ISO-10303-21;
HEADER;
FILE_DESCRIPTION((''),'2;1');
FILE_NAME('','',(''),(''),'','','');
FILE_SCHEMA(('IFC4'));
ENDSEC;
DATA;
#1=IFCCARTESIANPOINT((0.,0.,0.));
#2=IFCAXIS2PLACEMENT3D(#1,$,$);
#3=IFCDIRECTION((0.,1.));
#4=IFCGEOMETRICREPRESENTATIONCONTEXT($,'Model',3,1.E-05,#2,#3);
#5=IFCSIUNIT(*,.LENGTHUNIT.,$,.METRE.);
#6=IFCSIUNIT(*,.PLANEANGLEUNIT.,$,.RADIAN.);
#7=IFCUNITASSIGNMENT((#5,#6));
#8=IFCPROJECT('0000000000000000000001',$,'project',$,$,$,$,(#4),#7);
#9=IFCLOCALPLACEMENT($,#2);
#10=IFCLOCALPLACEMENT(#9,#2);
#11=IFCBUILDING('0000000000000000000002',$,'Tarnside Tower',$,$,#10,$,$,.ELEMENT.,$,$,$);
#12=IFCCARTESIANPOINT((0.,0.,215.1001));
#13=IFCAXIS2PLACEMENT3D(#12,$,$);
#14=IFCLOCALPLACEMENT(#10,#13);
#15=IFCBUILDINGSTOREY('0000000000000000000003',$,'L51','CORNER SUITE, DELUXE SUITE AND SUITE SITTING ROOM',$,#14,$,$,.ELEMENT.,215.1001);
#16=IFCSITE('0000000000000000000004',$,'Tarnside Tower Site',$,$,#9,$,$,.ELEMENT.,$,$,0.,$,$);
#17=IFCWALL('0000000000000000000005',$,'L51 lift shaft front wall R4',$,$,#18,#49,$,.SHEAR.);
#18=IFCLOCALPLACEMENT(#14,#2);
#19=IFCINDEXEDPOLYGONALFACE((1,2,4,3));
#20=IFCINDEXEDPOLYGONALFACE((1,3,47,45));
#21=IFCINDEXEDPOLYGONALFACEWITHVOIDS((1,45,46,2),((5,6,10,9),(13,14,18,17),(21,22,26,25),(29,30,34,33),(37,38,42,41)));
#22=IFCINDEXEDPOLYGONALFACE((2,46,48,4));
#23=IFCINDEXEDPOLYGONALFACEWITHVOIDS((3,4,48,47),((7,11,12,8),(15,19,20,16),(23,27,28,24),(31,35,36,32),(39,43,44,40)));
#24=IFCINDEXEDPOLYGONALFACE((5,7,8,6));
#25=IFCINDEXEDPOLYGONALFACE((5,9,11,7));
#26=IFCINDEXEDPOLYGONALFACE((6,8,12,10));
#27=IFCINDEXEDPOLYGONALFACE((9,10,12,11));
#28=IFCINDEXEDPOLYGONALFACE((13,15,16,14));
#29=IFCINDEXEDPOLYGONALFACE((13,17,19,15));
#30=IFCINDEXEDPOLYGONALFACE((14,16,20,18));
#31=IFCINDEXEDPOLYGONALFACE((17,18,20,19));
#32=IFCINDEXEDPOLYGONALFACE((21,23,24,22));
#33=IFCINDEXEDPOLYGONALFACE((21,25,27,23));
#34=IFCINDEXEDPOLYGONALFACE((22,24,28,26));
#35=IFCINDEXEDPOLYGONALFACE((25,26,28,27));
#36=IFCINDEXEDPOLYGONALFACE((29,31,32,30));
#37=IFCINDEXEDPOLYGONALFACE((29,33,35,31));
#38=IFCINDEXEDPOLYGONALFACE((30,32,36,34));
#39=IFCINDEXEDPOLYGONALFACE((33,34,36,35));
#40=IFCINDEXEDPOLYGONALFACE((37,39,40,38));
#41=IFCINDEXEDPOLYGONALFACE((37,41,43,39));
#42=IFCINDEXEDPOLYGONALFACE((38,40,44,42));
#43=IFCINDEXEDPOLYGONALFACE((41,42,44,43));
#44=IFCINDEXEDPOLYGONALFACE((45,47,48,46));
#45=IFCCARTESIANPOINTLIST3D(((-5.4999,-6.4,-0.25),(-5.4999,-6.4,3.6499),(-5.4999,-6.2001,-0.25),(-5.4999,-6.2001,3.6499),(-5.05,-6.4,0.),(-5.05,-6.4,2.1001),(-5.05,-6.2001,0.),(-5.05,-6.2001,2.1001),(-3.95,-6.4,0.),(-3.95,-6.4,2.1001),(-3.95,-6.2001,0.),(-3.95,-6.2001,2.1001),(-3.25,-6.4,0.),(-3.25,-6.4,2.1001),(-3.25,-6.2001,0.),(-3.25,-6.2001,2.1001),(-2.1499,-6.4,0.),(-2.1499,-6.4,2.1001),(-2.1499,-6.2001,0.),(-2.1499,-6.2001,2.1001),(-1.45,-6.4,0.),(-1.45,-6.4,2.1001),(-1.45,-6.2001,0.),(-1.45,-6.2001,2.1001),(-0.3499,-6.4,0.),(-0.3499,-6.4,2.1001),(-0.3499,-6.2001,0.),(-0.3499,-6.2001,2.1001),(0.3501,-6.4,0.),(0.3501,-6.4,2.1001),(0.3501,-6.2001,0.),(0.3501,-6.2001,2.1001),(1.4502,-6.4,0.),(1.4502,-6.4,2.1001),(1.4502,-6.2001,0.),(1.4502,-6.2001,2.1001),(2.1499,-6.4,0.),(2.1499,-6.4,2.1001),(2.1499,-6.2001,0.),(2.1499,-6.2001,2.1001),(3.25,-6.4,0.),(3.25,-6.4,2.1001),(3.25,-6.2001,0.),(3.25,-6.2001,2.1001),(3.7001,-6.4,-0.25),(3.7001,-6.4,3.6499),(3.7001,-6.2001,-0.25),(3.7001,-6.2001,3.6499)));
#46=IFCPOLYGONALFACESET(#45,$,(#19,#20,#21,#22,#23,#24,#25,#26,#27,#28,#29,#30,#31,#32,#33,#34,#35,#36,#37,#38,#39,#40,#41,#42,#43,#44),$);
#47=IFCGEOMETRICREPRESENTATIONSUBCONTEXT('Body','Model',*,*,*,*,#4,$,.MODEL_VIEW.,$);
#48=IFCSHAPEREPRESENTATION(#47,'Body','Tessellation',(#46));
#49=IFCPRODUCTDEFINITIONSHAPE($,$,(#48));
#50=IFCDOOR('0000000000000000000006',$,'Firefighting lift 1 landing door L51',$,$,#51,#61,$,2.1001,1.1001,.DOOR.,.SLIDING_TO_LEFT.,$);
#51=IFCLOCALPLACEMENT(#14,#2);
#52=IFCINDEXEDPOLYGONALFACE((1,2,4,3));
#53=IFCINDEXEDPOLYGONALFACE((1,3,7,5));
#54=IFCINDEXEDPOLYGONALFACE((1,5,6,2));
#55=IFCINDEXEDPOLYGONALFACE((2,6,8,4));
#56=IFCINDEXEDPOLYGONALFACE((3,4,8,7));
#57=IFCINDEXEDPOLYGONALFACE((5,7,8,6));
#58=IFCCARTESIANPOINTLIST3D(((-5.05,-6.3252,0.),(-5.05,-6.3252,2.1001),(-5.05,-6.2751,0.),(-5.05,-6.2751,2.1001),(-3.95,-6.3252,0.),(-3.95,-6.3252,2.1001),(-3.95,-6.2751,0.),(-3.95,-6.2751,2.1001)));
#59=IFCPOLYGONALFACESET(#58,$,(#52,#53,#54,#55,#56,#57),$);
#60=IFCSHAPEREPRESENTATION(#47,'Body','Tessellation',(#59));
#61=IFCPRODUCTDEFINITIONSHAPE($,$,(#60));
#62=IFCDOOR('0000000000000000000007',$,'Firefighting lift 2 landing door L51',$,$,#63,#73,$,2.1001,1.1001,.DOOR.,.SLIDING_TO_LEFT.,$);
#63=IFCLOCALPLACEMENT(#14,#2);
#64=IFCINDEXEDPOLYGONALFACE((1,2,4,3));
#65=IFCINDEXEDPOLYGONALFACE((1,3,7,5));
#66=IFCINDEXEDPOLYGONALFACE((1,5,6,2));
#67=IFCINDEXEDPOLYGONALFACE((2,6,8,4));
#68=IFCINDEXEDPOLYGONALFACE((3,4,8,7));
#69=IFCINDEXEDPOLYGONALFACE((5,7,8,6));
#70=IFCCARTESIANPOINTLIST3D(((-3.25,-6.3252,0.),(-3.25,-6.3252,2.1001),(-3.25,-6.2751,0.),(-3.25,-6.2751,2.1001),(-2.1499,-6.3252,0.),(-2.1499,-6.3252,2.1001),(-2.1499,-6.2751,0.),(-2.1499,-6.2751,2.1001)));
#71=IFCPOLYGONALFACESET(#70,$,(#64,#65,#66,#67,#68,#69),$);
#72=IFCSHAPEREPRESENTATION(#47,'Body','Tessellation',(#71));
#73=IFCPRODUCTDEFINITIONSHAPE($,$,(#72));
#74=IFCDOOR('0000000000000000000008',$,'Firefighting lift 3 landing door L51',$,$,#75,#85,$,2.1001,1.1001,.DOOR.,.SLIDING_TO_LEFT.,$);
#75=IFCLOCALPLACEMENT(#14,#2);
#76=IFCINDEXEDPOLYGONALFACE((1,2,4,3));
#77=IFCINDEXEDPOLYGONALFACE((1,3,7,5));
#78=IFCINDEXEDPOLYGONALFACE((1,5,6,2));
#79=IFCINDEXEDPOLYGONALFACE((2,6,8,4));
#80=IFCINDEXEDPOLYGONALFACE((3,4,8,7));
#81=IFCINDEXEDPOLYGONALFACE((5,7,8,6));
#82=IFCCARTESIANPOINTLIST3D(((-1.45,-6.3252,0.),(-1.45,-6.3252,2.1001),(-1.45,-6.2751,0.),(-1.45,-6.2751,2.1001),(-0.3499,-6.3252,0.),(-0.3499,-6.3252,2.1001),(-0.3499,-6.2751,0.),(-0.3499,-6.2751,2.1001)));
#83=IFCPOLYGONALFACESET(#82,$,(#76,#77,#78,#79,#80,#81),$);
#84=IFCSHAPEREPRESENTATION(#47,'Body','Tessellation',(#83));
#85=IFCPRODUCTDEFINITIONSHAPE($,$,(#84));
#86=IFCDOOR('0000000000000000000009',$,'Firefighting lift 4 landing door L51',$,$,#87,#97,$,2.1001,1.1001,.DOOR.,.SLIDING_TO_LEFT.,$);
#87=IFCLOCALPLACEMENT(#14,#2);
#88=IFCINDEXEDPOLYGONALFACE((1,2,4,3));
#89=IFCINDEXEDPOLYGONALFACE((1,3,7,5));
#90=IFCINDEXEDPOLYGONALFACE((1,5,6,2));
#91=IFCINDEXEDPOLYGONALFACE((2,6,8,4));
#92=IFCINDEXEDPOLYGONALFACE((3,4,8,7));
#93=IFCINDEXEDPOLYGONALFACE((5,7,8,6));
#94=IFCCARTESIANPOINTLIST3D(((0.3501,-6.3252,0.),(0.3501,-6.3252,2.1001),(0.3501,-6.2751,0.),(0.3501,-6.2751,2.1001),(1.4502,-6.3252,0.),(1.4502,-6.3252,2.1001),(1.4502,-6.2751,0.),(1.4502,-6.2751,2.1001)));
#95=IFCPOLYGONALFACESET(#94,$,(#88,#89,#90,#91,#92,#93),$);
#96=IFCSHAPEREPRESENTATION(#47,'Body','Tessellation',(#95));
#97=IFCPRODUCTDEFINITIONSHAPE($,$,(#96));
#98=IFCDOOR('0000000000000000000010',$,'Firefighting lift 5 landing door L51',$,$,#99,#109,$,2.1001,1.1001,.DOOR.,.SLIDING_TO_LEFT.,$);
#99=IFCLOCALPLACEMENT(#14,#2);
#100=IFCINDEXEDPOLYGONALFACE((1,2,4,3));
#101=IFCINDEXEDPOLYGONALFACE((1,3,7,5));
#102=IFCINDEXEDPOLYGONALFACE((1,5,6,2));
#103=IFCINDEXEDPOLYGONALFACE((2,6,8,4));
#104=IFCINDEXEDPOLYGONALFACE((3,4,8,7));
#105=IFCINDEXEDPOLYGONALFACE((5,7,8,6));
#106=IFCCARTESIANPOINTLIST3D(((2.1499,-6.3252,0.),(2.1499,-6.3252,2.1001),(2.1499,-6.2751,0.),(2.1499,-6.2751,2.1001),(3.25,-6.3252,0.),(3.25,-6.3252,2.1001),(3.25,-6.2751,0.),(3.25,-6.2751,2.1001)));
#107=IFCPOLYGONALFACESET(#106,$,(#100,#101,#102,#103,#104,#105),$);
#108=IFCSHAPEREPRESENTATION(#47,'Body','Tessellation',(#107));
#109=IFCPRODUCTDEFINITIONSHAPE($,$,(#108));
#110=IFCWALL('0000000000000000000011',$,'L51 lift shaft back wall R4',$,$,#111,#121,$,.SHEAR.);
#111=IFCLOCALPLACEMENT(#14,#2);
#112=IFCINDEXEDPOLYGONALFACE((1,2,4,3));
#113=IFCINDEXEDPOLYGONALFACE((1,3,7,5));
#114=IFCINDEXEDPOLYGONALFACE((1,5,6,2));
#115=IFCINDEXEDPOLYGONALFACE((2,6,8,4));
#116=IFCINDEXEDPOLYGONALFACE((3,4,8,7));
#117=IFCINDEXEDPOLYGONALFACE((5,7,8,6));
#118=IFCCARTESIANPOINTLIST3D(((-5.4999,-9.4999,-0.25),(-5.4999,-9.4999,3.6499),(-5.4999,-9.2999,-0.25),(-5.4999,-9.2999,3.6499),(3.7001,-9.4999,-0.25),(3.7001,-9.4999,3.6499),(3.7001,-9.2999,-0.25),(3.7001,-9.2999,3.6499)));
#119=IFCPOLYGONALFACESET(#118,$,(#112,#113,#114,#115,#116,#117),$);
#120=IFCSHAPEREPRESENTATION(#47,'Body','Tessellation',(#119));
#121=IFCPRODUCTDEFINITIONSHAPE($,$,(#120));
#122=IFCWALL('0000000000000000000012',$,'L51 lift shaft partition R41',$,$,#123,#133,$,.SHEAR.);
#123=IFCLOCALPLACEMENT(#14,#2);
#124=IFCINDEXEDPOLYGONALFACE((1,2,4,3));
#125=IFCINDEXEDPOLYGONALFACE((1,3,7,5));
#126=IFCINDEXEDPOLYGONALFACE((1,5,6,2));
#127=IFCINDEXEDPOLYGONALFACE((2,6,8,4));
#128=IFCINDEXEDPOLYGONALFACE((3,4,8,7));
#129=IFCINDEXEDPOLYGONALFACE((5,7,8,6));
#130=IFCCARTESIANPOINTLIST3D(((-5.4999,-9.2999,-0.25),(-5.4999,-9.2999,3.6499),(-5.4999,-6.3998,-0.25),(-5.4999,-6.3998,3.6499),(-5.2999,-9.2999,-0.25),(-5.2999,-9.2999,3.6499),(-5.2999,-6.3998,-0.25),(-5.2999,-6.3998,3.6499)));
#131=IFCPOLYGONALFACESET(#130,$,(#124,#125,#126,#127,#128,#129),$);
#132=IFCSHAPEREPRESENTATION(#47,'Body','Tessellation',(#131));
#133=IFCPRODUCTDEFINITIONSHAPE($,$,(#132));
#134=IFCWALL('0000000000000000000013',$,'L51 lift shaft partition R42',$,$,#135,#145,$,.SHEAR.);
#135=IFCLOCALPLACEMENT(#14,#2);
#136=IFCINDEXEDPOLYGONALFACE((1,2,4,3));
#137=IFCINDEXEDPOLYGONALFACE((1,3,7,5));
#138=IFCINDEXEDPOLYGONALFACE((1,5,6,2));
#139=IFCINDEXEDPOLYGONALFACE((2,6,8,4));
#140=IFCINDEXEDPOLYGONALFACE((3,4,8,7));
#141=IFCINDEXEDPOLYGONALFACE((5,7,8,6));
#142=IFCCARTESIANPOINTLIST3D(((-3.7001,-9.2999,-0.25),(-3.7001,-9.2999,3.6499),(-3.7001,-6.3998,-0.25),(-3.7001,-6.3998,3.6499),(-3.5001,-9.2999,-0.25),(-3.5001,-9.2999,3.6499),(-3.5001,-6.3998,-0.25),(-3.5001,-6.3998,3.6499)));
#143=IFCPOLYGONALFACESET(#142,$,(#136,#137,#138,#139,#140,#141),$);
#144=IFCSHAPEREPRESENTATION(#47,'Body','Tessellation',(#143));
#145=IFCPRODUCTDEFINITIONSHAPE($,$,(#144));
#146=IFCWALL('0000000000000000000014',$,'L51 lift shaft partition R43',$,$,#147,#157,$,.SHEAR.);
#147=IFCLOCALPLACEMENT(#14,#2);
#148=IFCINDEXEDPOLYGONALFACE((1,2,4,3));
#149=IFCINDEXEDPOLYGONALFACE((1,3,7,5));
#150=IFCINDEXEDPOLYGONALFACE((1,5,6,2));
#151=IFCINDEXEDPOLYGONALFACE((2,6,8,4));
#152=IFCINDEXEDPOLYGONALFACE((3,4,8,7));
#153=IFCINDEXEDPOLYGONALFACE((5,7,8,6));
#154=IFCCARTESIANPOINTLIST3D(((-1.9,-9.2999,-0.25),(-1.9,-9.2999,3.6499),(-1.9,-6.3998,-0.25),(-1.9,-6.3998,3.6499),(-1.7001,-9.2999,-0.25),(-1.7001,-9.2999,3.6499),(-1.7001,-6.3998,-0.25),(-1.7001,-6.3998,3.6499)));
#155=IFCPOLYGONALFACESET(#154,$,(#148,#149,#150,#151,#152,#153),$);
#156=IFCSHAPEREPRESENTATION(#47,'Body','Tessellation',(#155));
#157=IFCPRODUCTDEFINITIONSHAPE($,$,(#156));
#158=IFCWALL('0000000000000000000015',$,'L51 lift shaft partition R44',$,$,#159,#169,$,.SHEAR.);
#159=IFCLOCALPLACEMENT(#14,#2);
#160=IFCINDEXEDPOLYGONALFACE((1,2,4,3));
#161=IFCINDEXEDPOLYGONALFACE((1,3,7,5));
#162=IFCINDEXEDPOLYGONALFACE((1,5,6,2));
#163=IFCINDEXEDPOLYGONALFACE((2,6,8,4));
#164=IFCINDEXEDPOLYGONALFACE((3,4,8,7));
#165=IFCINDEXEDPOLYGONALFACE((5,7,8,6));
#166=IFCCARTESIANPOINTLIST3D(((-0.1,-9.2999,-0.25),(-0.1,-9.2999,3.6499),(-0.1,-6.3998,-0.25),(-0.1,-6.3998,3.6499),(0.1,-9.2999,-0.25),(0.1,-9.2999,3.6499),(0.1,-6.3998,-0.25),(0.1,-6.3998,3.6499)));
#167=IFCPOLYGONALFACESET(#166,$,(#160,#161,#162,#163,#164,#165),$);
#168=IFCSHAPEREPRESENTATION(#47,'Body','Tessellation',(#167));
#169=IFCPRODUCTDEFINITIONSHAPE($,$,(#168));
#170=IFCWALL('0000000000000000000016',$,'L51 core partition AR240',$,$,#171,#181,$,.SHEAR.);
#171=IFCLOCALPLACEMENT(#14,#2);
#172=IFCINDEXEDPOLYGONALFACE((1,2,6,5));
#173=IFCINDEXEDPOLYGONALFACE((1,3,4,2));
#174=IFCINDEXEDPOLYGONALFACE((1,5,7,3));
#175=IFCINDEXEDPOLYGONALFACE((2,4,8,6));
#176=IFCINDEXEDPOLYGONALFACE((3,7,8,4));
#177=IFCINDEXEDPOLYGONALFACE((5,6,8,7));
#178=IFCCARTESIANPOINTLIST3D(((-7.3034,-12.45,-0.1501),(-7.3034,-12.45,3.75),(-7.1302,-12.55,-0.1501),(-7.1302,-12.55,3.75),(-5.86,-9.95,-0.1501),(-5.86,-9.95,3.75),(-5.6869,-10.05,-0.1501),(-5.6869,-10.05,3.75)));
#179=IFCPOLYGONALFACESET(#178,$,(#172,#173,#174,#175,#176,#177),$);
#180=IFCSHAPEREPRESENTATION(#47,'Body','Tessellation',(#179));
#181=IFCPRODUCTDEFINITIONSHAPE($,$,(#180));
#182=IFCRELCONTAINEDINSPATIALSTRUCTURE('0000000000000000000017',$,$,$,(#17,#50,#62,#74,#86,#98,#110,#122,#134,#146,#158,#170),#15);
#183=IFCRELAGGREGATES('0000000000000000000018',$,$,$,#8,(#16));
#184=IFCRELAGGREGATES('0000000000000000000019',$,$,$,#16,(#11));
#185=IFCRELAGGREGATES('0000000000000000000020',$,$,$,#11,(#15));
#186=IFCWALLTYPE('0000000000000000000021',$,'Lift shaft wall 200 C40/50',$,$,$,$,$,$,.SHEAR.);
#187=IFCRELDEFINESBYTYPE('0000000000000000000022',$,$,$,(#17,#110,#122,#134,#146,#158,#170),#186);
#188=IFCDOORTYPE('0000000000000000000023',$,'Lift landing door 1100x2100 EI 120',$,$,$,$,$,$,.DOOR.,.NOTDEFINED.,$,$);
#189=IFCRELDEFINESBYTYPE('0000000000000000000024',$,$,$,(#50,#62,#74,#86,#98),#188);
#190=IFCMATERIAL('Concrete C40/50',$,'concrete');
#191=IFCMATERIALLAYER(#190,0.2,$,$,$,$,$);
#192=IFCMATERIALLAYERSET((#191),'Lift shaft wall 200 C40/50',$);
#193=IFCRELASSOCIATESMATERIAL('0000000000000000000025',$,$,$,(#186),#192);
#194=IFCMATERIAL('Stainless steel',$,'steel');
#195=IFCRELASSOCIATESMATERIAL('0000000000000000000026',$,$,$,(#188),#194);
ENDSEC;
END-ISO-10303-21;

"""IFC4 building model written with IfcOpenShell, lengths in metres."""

from ifc_helpers import new_model, si_unit, direction, frame, frame_2d, origin, place, context, subcontext, project, spatial, rectangle, extrude, material, layer, layer_set, type_object, element, fill, save


model = new_model("IFC4")

# Units and contexts
model_context = context("Model", 3, precision=1e-05, world=origin(), true_north=direction((0.0, 1.0)))
body_context = subcontext(model_context, "Body", "Model", "MODEL_VIEW")
ifc_project = project(units=[si_unit("LENGTHUNIT", "METRE"), si_unit("PLANEANGLEUNIT", "RADIAN")], contexts=[model_context])

# Site, building, storey
site_placement = place(None, origin())
site = spatial("IfcSite", under=ifc_project, at=site_placement, Name="Tarnside Tower Site", CompositionType="ELEMENT", RefElevation=0.0)
building_placement = place(site_placement, origin())
building = spatial("IfcBuilding", under=site, at=building_placement, Name="Tarnside Tower", CompositionType="ELEMENT")
storey_placement = place(building_placement, frame((0.0, 0.0, 215.1001)))
storey = spatial("IfcBuildingStorey", under=building, at=storey_placement, Name="L51", Description="CORNER SUITE, DELUXE SUITE AND SUITE SITTING ROOM", CompositionType="ELEMENT", Elevation=215.1001)

# Wall, openings, doors
ifc_material_1 = material(Name="Concrete C40/50", Category="concrete")
ifc_layer_1 = layer(ifc_material_1, 0.2)
ifc_layer_set_1 = layer_set([ifc_layer_1], Name="Lift shaft wall 200 C40/50")
wall_type_1 = type_object("IfcWallType", Name="Lift shaft wall 200 C40/50", PredefinedType="SHEAR", material=ifc_layer_set_1)
wall_1_placement = place(storey_placement, frame((-5.5, -6.3, -0.25), z_axis=(0.0, 0.0, 1.0), x_axis=(1.0, 0.0, 0.0)))
wall_1 = element("IfcWall", 1, at=wall_1_placement, inside=storey, type_object=wall_type_1, Name="L51 lift shaft front wall R4", PredefinedType="SHEAR", context=body_context, shape_type="SweptSolid", body=[
    extrude(rectangle(XDim=9.2, YDim=0.2, at=frame_2d((4.6001, 0.0))), origin(), (0.0, 0.0, 1.0), 3.8999),
])
opening_1_placement = place(wall_1_placement, frame((0.45, 0.0, 0.25)))
opening_1 = element("IfcOpeningElement", 2, at=opening_1_placement, cuts=wall_1, PredefinedType="OPENING", context=body_context, shape_type="SweptSolid", body=[
    extrude(rectangle(XDim=1.1001, YDim=2.1001, at=frame_2d((0.55, 1.05))), frame((0.0, 0.1099, 0.0), z_axis=(0.0, -1.0, 0.0), x_axis=(1.0, 0.0, 0.0)), (0.0, 0.0, 1.0), 0.22),
])
opening_2_placement = place(wall_1_placement, frame((2.25, 0.0, 0.25)))
opening_2 = element("IfcOpeningElement", 3, at=opening_2_placement, cuts=wall_1, PredefinedType="OPENING", context=body_context, shape_type="SweptSolid", body=[
    extrude(rectangle(XDim=1.1001, YDim=2.1001, at=frame_2d((0.55, 1.05))), frame((0.0, 0.1099, 0.0), z_axis=(0.0, -1.0, 0.0), x_axis=(1.0, 0.0, 0.0)), (0.0, 0.0, 1.0), 0.22),
])
opening_3_placement = place(wall_1_placement, frame((4.05, 0.0, 0.25)))
opening_3 = element("IfcOpeningElement", 4, at=opening_3_placement, cuts=wall_1, PredefinedType="OPENING", context=body_context, shape_type="SweptSolid", body=[
    extrude(rectangle(XDim=1.1001, YDim=2.1001, at=frame_2d((0.55, 1.05))), frame((0.0, 0.1099, 0.0), z_axis=(0.0, -1.0, 0.0), x_axis=(1.0, 0.0, 0.0)), (0.0, 0.0, 1.0), 0.22),
])
opening_4_placement = place(wall_1_placement, frame((5.8501, 0.0, 0.25)))
opening_4 = element("IfcOpeningElement", 5, at=opening_4_placement, cuts=wall_1, PredefinedType="OPENING", context=body_context, shape_type="SweptSolid", body=[
    extrude(rectangle(XDim=1.1001, YDim=2.1001, at=frame_2d((0.55, 1.05))), frame((0.0, 0.1099, 0.0), z_axis=(0.0, -1.0, 0.0), x_axis=(1.0, 0.0, 0.0)), (0.0, 0.0, 1.0), 0.22),
])
opening_5_placement = place(wall_1_placement, frame((7.6499, 0.0, 0.25)))
opening_5 = element("IfcOpeningElement", 6, at=opening_5_placement, cuts=wall_1, PredefinedType="OPENING", context=body_context, shape_type="SweptSolid", body=[
    extrude(rectangle(XDim=1.1001, YDim=2.1001, at=frame_2d((0.55, 1.05))), frame((0.0, 0.1099, 0.0), z_axis=(0.0, -1.0, 0.0), x_axis=(1.0, 0.0, 0.0)), (0.0, 0.0, 1.0), 0.22),
])
ifc_material_2 = material(Name="Stainless steel", Category="steel")
door_type_1 = type_object("IfcDoorType", Name="Lift landing door 1100x2100 EI 120", OperationType="NOTDEFINED", PredefinedType="DOOR", material=ifc_material_2)
door_1_placement = place(opening_1_placement, origin())
door_1 = element("IfcDoor", 7, at=door_1_placement, inside=storey, type_object=door_type_1, Name="Firefighting lift 1 landing door L51", OperationType="SLIDING_TO_LEFT", OverallHeight=2.1001, OverallWidth=1.1001, PredefinedType="DOOR", context=body_context, shape_type="SweptSolid", body=[
    extrude(rectangle(XDim=1.1001, YDim=2.1001, at=frame_2d((0.55, 1.05))), frame((0.0, 0.0249, 0.0), z_axis=(0.0, -1.0, 0.0), x_axis=(1.0, 0.0, 0.0)), (0.0, 0.0, 1.0), 0.05),
])
fill(opening_1, door_1)
door_2_placement = place(opening_2_placement, origin())
door_2 = element("IfcDoor", 8, at=door_2_placement, inside=storey, type_object=door_type_1, Name="Firefighting lift 2 landing door L51", OperationType="SLIDING_TO_LEFT", OverallHeight=2.1001, OverallWidth=1.1001, PredefinedType="DOOR", context=body_context, shape_type="SweptSolid", body=[
    extrude(rectangle(XDim=1.1001, YDim=2.1001, at=frame_2d((0.55, 1.05))), frame((0.0, 0.0249, 0.0), z_axis=(0.0, -1.0, 0.0), x_axis=(1.0, 0.0, 0.0)), (0.0, 0.0, 1.0), 0.05),
])
fill(opening_2, door_2)
door_3_placement = place(opening_3_placement, origin())
door_3 = element("IfcDoor", 9, at=door_3_placement, inside=storey, type_object=door_type_1, Name="Firefighting lift 3 landing door L51", OperationType="SLIDING_TO_LEFT", OverallHeight=2.1001, OverallWidth=1.1001, PredefinedType="DOOR", context=body_context, shape_type="SweptSolid", body=[
    extrude(rectangle(XDim=1.1001, YDim=2.1001, at=frame_2d((0.55, 1.05))), frame((0.0, 0.0249, 0.0), z_axis=(0.0, -1.0, 0.0), x_axis=(1.0, 0.0, 0.0)), (0.0, 0.0, 1.0), 0.05),
])
fill(opening_3, door_3)
door_4_placement = place(opening_4_placement, origin())
door_4 = element("IfcDoor", 10, at=door_4_placement, inside=storey, type_object=door_type_1, Name="Firefighting lift 4 landing door L51", OperationType="SLIDING_TO_LEFT", OverallHeight=2.1001, OverallWidth=1.1001, PredefinedType="DOOR", context=body_context, shape_type="SweptSolid", body=[
    extrude(rectangle(XDim=1.1001, YDim=2.1001, at=frame_2d((0.55, 1.05))), frame((0.0, 0.0249, 0.0), z_axis=(0.0, -1.0, 0.0), x_axis=(1.0, 0.0, 0.0)), (0.0, 0.0, 1.0), 0.05),
])
fill(opening_4, door_4)
door_5_placement = place(opening_5_placement, origin())
door_5 = element("IfcDoor", 11, at=door_5_placement, inside=storey, type_object=door_type_1, Name="Firefighting lift 5 landing door L51", OperationType="SLIDING_TO_LEFT", OverallHeight=2.1001, OverallWidth=1.1001, PredefinedType="DOOR", context=body_context, shape_type="SweptSolid", body=[
    extrude(rectangle(XDim=1.1001, YDim=2.1001, at=frame_2d((0.55, 1.05))), frame((0.0, 0.0249, 0.0), z_axis=(0.0, -1.0, 0.0), x_axis=(1.0, 0.0, 0.0)), (0.0, 0.0, 1.0), 0.05),
])
fill(opening_5, door_5)

# Walls
wall_2_placement = place(storey_placement, frame((-5.5, -9.3999, -0.25), z_axis=(0.0, 0.0, 1.0), x_axis=(1.0, 0.0, 0.0)))
element("IfcWall", 12, at=wall_2_placement, inside=storey, type_object=wall_type_1, Name="L51 lift shaft back wall R4", PredefinedType="SHEAR", context=body_context, shape_type="SweptSolid", body=[
    extrude(rectangle(XDim=9.2, YDim=0.2, at=frame_2d((4.6001, 0.0))), origin(), (0.0, 0.0, 1.0), 3.8999),
])
for number, where, z_axis, x_axis, name in (
    (13, (-5.3999, -9.3, -0.25), (0.0, 0.0, 1.0), (0.0, 1.0, 0.0), "L51 lift shaft partition R41"),
    (14, (-3.6001, -9.3, -0.25), (0.0, 0.0, 1.0), (0.0, 1.0, 0.0), "L51 lift shaft partition R42"),
    (15, (-1.8, -9.3, -0.25), (0.0, 0.0, 1.0), (0.0, 1.0, 0.0), "L51 lift shaft partition R43"),
    (16, (0.0, -9.3, -0.25), (0.0, 0.0, 1.0), (0.0, 1.0, 0.0), "L51 lift shaft partition R44"),
):
    element("IfcWall", number, at=place(storey_placement, frame(where, z_axis=z_axis, x_axis=x_axis)), inside=storey, type_object=wall_type_1, Name=name, PredefinedType="SHEAR", context=body_context, shape_type="SweptSolid", body=[
        extrude(rectangle(XDim=2.9001, YDim=0.2, at=frame_2d((1.4502, 0.0))), origin(), (0.0, 0.0, 1.0), 3.8999),
    ])
wall_3_placement = place(storey_placement, frame((-5.7734, -10.0, -0.1501), z_axis=(0.0, 0.0, 1.0), x_axis=(-0.499996, -0.866028, 0.0)))
element("IfcWall", 17, at=wall_3_placement, inside=storey, type_object=wall_type_1, Name="L51 core partition AR240", PredefinedType="SHEAR", context=body_context, shape_type="SweptSolid", body=[
    extrude(rectangle(XDim=2.8867, YDim=0.2, at=frame_2d((1.4434, 0.0))), origin(), (0.0, 0.0, 1.0), 3.9001),
])

save(model, "model.ifc")
